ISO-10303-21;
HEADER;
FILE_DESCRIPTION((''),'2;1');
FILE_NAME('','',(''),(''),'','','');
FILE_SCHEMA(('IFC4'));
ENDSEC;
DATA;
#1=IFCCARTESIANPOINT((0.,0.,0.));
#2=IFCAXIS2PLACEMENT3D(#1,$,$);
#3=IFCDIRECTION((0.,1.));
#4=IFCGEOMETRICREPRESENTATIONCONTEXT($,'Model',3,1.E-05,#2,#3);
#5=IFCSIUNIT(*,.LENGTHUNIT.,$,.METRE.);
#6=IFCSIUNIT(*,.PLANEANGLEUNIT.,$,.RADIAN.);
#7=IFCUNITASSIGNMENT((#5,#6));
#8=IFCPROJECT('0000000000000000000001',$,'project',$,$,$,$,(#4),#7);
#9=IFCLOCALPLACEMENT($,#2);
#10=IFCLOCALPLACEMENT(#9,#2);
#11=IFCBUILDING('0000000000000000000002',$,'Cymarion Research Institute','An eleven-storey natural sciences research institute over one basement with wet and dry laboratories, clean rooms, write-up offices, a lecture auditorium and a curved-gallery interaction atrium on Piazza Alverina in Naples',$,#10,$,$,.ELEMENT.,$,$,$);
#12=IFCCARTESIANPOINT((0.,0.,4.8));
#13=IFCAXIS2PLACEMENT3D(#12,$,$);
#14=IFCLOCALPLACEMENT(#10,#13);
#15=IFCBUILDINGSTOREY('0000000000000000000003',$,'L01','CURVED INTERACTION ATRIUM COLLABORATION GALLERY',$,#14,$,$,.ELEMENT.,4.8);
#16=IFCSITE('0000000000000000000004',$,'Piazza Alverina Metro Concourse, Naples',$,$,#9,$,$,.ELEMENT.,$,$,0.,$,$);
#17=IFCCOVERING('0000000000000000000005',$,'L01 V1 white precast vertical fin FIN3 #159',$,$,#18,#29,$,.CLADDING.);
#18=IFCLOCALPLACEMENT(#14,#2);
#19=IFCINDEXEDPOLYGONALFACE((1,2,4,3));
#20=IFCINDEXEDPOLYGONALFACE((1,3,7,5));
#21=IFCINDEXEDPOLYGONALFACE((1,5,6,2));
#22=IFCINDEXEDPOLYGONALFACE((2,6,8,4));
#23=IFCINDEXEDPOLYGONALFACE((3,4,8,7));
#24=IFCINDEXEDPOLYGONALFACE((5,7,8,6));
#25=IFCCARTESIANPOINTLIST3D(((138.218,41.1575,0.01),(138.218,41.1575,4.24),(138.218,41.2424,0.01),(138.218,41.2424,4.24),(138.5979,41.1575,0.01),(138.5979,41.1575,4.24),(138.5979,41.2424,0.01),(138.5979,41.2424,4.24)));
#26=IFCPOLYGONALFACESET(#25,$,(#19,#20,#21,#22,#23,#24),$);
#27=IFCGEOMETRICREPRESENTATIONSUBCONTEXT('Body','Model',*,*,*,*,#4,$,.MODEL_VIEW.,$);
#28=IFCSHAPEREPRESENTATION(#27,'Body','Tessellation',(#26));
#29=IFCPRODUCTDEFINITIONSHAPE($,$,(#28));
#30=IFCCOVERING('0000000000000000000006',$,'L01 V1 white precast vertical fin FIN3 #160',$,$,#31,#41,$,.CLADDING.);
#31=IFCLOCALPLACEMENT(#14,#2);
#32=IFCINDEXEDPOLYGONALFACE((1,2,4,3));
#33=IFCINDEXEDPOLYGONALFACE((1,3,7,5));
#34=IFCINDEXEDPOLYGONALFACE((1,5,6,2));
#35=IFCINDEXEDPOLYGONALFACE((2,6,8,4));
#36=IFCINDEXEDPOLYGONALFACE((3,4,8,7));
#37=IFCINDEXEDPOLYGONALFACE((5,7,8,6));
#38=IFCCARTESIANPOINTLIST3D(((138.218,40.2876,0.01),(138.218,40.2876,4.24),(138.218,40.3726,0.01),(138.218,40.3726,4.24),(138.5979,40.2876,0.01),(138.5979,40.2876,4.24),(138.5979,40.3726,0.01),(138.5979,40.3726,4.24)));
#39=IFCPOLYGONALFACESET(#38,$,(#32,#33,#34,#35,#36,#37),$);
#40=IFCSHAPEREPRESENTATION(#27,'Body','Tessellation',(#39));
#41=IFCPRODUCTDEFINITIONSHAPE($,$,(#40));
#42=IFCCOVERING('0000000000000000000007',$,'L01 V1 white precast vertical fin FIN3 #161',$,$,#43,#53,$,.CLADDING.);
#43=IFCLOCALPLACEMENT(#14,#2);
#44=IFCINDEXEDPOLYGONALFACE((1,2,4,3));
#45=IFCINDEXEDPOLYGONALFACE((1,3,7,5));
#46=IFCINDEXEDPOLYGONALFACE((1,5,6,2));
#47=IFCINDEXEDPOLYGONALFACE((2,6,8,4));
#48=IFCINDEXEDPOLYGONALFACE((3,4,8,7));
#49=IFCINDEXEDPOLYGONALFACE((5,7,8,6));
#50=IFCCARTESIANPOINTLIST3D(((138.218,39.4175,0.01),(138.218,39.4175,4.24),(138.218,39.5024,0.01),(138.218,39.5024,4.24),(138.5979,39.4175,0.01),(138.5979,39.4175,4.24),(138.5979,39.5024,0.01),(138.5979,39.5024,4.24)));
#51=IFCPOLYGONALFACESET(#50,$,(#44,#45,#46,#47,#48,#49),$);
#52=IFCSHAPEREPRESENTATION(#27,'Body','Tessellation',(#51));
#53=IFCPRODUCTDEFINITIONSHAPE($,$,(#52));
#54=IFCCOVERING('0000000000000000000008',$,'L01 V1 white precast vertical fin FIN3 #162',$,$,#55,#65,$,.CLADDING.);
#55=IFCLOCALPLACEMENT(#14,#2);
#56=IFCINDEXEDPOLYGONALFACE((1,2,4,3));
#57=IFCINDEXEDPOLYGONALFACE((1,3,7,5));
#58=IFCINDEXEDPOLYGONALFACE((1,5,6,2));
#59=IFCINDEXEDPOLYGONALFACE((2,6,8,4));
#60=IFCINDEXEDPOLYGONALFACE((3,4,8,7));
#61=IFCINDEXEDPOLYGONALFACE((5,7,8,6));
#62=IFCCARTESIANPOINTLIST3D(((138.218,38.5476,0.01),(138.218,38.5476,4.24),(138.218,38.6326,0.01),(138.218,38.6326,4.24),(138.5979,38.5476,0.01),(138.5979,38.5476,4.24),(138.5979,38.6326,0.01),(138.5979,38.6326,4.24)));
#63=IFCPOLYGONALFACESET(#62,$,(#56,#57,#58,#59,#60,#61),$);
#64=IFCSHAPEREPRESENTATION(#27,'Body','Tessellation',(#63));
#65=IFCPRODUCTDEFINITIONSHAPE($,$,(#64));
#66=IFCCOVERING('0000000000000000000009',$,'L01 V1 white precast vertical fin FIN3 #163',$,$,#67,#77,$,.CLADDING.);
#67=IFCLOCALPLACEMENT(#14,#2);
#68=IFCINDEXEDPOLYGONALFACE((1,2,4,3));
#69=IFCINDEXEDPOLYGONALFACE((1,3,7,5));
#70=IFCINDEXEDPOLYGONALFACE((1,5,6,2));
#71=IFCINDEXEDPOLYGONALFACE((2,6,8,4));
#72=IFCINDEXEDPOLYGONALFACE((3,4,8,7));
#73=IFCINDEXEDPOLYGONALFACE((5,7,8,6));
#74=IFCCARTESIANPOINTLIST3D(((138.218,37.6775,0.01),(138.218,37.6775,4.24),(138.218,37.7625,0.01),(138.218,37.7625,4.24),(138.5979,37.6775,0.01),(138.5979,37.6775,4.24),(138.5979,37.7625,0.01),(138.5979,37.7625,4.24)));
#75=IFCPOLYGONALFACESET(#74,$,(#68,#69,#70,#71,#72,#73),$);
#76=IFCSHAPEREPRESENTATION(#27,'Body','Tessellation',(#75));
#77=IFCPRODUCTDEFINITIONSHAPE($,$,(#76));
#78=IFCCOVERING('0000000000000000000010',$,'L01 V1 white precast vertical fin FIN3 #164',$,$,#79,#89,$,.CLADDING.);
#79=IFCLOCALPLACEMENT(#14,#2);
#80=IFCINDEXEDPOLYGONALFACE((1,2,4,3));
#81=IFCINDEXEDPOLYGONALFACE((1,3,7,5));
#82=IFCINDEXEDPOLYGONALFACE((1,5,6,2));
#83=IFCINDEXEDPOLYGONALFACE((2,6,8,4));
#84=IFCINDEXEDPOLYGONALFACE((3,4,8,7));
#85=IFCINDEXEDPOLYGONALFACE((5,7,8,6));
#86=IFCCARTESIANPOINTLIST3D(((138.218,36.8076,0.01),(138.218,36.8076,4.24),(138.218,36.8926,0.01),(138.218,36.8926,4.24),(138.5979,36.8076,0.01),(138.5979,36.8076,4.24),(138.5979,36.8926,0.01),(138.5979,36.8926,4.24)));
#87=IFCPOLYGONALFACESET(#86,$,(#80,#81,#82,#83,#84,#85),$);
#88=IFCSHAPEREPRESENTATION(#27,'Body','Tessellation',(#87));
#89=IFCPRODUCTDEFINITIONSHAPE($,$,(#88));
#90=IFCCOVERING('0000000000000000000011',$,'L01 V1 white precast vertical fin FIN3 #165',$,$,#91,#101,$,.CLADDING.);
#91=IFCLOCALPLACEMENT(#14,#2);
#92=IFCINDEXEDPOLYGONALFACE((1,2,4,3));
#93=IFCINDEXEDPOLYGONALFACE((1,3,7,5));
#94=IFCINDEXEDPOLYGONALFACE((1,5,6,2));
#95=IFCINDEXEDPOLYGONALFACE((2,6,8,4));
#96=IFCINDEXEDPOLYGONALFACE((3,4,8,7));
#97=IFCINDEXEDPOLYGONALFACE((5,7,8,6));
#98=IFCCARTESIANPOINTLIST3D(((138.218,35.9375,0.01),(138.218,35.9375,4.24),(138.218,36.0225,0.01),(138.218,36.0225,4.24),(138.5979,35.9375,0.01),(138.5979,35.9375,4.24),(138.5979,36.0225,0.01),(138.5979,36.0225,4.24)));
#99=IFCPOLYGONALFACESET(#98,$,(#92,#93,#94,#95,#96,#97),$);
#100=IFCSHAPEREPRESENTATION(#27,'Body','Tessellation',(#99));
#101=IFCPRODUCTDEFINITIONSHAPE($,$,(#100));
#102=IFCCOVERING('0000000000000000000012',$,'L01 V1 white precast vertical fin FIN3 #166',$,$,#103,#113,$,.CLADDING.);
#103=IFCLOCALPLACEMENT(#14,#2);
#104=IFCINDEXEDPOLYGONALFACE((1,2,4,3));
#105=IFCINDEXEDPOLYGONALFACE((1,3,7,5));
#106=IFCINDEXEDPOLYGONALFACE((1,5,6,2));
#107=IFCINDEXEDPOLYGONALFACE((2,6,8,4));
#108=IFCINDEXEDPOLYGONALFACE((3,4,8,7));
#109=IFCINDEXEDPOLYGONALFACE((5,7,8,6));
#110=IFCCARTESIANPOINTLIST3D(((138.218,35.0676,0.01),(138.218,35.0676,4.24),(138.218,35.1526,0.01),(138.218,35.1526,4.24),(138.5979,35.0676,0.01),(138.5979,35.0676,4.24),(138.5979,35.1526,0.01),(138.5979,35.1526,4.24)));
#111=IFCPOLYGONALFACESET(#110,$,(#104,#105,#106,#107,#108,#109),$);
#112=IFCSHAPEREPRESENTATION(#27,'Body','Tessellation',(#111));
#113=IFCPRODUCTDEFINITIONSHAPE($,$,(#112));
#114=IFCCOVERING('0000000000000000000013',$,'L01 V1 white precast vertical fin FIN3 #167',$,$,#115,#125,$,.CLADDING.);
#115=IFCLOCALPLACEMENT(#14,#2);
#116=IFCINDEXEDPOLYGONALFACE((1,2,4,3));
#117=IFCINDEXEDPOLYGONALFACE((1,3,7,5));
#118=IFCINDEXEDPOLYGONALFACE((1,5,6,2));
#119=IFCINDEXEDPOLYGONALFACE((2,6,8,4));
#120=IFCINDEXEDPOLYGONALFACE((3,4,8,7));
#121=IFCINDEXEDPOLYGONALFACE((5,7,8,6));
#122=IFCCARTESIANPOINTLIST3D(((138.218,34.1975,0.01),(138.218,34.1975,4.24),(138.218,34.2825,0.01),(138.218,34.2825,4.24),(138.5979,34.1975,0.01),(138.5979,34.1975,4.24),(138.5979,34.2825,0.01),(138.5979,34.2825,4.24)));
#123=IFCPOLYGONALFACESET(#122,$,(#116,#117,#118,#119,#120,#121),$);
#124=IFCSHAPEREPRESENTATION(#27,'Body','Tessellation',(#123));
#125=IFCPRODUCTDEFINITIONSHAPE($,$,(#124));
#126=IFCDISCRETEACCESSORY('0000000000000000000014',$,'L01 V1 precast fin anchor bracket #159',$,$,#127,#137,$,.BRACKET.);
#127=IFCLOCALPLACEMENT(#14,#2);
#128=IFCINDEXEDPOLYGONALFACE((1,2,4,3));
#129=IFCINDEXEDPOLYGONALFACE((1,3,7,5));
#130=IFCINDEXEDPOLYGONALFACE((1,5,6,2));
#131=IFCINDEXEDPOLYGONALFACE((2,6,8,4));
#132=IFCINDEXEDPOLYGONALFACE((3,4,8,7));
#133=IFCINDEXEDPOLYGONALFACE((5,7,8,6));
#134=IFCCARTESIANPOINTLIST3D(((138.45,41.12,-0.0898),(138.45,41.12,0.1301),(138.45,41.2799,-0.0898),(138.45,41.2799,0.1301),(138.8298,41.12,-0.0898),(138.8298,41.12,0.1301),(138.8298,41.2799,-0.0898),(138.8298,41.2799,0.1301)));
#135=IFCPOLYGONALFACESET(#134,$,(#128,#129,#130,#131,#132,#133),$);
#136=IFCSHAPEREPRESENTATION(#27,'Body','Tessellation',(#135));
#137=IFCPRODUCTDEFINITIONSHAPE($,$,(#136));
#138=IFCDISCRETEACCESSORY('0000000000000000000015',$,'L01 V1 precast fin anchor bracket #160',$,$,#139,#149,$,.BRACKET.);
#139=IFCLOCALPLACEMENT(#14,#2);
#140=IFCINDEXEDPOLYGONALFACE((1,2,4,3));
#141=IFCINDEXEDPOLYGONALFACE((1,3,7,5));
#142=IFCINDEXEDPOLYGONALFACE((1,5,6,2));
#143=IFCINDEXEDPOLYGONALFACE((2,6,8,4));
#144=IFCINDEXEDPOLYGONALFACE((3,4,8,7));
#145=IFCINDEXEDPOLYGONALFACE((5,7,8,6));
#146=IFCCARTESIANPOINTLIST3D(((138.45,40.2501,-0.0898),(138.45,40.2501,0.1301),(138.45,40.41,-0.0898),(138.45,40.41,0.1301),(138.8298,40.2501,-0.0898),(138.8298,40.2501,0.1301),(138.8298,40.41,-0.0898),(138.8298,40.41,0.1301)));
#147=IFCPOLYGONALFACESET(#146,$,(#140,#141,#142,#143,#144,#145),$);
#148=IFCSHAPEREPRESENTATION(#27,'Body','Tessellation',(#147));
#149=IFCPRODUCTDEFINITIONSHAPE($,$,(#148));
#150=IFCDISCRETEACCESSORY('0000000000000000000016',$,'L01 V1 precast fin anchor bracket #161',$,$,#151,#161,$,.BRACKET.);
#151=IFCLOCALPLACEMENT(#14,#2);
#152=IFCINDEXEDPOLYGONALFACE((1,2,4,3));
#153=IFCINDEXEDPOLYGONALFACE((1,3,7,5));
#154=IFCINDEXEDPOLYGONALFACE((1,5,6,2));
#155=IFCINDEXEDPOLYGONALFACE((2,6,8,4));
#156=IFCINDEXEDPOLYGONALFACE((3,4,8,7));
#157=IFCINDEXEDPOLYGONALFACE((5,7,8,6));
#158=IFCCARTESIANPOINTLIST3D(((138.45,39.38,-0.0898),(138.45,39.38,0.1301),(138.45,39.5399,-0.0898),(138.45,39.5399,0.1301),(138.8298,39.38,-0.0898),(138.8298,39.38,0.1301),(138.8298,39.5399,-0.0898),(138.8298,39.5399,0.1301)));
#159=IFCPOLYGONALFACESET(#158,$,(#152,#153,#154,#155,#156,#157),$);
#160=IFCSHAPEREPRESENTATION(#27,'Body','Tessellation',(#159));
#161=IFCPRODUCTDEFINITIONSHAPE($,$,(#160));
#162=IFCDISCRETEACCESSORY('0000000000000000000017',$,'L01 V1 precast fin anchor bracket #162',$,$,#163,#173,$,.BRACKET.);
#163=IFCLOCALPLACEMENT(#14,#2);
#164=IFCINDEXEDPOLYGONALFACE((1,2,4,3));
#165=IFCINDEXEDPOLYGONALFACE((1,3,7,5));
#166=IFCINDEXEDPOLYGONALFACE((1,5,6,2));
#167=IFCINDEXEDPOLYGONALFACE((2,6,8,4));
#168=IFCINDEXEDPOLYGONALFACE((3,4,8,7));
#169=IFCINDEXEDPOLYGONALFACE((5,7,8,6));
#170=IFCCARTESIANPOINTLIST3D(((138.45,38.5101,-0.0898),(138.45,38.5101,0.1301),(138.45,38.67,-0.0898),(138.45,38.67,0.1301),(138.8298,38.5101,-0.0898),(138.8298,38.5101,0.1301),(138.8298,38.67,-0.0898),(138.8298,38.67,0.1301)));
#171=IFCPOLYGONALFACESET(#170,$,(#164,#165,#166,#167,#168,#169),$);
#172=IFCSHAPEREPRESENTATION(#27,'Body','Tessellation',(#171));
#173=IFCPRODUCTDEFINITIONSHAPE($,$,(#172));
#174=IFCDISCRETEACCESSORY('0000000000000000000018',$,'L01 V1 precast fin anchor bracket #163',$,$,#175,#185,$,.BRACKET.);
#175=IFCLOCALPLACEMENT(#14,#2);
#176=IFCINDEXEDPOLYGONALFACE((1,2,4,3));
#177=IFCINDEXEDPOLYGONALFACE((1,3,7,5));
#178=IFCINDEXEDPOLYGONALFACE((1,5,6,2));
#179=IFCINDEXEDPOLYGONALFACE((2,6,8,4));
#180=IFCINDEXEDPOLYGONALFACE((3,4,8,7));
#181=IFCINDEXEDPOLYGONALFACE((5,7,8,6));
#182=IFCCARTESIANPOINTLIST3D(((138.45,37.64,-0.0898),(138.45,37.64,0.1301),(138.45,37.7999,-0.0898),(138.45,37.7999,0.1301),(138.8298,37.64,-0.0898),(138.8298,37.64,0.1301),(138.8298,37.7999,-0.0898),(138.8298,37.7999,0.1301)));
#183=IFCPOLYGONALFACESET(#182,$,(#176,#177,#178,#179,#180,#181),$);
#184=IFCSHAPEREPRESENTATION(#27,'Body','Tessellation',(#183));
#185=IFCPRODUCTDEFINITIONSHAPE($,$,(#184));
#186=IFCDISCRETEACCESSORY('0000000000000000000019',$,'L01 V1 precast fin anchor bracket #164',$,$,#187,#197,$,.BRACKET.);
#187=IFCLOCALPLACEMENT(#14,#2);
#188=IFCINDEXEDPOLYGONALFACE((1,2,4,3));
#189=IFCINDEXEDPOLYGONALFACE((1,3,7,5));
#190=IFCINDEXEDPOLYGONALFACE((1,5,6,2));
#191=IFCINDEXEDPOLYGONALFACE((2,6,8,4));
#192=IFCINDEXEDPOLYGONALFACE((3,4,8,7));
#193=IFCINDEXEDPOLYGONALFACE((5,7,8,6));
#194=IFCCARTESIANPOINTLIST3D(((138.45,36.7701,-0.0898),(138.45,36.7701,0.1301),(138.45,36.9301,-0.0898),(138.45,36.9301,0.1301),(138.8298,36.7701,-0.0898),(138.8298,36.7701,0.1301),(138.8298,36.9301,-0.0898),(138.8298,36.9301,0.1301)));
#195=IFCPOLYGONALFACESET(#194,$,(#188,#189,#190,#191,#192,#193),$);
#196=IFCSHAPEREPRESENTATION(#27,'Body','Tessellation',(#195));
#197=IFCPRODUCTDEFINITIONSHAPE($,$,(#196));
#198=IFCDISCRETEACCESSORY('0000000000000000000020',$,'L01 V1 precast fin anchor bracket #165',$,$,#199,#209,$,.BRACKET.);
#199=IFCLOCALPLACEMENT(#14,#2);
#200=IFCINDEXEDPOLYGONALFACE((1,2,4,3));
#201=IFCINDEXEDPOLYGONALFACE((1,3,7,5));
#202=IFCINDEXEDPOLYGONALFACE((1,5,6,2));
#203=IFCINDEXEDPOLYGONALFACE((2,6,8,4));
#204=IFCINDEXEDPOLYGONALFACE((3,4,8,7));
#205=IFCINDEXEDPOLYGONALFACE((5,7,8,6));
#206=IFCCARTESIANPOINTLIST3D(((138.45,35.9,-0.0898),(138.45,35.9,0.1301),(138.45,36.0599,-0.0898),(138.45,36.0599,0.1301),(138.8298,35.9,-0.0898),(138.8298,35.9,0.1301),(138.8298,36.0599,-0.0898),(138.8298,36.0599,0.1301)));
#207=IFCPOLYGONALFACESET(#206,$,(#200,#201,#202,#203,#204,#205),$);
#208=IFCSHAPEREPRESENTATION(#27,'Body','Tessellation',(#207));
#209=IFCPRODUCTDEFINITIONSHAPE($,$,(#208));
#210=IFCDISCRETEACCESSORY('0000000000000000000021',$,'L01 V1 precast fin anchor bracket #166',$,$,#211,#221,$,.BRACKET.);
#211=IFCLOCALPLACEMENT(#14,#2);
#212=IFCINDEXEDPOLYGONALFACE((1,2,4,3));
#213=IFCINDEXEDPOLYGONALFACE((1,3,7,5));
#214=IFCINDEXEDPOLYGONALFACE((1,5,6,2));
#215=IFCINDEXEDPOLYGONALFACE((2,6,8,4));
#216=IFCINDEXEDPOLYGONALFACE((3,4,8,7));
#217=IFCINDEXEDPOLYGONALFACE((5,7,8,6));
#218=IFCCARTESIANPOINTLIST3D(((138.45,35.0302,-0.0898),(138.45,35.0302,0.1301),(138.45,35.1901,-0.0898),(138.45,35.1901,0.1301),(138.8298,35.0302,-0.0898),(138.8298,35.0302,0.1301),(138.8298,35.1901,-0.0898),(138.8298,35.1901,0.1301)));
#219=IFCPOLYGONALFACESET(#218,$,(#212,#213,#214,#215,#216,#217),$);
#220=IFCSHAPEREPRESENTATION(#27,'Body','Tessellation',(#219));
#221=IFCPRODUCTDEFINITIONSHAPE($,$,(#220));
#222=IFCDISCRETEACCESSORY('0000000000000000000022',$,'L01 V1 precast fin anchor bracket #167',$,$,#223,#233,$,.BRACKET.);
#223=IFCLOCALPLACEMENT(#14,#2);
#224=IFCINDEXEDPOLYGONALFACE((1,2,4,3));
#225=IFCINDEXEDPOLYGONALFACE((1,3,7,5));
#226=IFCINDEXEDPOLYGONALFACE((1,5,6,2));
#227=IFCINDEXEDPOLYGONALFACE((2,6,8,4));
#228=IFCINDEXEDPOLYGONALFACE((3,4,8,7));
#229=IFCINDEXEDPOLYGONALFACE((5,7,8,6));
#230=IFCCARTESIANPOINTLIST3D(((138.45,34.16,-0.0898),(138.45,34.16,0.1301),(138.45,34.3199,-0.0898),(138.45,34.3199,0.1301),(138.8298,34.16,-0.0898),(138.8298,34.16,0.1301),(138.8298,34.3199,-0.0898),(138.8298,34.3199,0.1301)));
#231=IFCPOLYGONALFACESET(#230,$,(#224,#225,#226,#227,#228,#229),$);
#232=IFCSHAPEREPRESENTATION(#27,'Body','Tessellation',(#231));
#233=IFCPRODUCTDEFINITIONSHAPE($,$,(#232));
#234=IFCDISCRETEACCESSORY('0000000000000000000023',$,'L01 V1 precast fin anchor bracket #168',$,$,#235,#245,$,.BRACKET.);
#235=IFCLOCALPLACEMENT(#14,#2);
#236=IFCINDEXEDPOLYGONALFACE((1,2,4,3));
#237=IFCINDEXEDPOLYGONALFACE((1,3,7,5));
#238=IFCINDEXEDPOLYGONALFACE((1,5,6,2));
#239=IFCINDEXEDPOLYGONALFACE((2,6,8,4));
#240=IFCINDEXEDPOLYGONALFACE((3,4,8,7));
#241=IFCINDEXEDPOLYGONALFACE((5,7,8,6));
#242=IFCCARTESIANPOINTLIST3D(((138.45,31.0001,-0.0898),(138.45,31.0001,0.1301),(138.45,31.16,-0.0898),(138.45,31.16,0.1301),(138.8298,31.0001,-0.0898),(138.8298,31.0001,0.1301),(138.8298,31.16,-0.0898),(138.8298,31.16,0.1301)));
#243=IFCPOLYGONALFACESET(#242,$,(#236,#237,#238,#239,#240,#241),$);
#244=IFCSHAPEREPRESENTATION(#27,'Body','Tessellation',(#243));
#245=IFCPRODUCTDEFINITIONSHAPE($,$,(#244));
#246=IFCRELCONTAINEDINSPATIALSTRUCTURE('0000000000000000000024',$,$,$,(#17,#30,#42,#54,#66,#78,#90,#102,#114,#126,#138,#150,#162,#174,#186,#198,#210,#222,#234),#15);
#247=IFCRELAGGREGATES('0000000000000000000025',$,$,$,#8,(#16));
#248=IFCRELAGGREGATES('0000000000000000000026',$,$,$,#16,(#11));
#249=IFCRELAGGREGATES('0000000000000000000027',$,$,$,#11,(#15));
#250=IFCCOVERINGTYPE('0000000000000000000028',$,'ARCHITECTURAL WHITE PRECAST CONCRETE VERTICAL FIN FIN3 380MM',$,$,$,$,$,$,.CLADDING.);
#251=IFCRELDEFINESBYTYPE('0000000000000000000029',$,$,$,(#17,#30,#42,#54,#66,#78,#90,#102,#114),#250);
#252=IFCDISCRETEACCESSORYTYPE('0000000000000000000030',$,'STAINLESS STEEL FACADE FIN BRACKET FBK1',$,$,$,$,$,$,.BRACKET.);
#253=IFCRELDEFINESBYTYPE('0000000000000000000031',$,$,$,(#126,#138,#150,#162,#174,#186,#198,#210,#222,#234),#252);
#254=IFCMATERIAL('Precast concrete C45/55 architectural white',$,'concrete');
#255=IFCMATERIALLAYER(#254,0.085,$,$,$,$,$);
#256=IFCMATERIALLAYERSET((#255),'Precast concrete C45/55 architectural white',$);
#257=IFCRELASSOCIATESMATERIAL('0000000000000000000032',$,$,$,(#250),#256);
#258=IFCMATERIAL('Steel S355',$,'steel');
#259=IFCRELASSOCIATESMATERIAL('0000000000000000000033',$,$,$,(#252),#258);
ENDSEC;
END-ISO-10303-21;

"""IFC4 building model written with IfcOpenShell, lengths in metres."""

from ifc_helpers import new_model, si_unit, direction, frame, origin, origin_2d, place, context, subcontext, project, spatial, rectangle, extrude, material, layer, layer_set, type_object, element, save


model = new_model("IFC4")

# Units and contexts
model_context = context("Model", 3, precision=1e-05, world=origin(), true_north=direction((0.0, 1.0)))
body_context = subcontext(model_context, "Body", "Model", "MODEL_VIEW")
ifc_project = project(units=[si_unit("LENGTHUNIT", "METRE"), si_unit("PLANEANGLEUNIT", "RADIAN")], contexts=[model_context])

# Site, building, storey
site_placement = place(None, origin())
site = spatial("IfcSite", under=ifc_project, at=site_placement, Name="Piazza Alverina Metro Concourse, Naples", CompositionType="ELEMENT", RefElevation=0.0)
building_placement = place(site_placement, origin())
building = spatial("IfcBuilding", under=site, at=building_placement, Name="Cymarion Research Institute", Description="An eleven-storey natural sciences research institute over one basement with wet and dry laboratories, clean rooms, write-up offices, a lecture auditorium and a curved-gallery interaction atrium on Piazza Alverina in Naples", CompositionType="ELEMENT")
storey_placement = place(building_placement, frame((0.0, 0.0, 4.8)))
storey = spatial("IfcBuildingStorey", under=building, at=storey_placement, Name="L01", Description="CURVED INTERACTION ATRIUM COLLABORATION GALLERY", CompositionType="ELEMENT", Elevation=4.8)

# Shared definitions
ifc_material_1 = material(Name="Steel S355", Category="steel")

# Coverings
ifc_material_2 = material(Name="Precast concrete C45/55 architectural white", Category="concrete")
ifc_layer_1 = layer(ifc_material_2, 0.085)
ifc_layer_set_1 = layer_set([ifc_layer_1], Name="Precast concrete C45/55 architectural white")
covering_type = type_object("IfcCoveringType", Name="ARCHITECTURAL WHITE PRECAST CONCRETE VERTICAL FIN FIN3 380MM", PredefinedType="CLADDING", material=ifc_layer_set_1)
for number, where, z_axis, x_axis, name in (
    (1, (138.408, 41.2, 0.01), (0.0, 0.0, 1.0), (-1.0, 0.0, 0.0), "L01 V1 white precast vertical fin FIN3 #159"),
    (2, (138.408, 40.3301, 0.01), (0.0, 0.0, 1.0), (-1.0, 0.0, 0.0), "L01 V1 white precast vertical fin FIN3 #160"),
    (3, (138.408, 39.46, 0.01), (0.0, 0.0, 1.0), (-1.0, 0.0, 0.0), "L01 V1 white precast vertical fin FIN3 #161"),
    (4, (138.408, 38.5901, 0.01), (0.0, 0.0, 1.0), (-1.0, 0.0, 0.0), "L01 V1 white precast vertical fin FIN3 #162"),
    (5, (138.408, 37.72, 0.01), (0.0, 0.0, 1.0), (-1.0, 0.0, 0.0), "L01 V1 white precast vertical fin FIN3 #163"),
    (6, (138.408, 36.8501, 0.01), (0.0, 0.0, 1.0), (-1.0, 0.0, 0.0), "L01 V1 white precast vertical fin FIN3 #164"),
    (7, (138.408, 35.98, 0.01), (0.0, 0.0, 1.0), (-1.0, 0.0, 0.0), "L01 V1 white precast vertical fin FIN3 #165"),
    (8, (138.408, 35.1101, 0.01), (0.0, 0.0, 1.0), (-1.0, 0.0, 0.0), "L01 V1 white precast vertical fin FIN3 #166"),
    (9, (138.408, 34.24, 0.01), (0.0, 0.0, 1.0), (-1.0, 0.0, 0.0), "L01 V1 white precast vertical fin FIN3 #167"),
):
    element("IfcCovering", number, at=place(storey_placement, frame(where, z_axis=z_axis, x_axis=x_axis)), inside=storey, type_object=covering_type, Name=name, PredefinedType="CLADDING", context=body_context, shape_type="SweptSolid", body=[
        extrude(rectangle(XDim=0.3799, YDim=0.085, at=origin_2d()), origin(), (0.0, 0.0, 1.0), 4.23),
    ])

# Discrete accessories
discrete_accessory_type = type_object("IfcDiscreteAccessoryType", Name="STAINLESS STEEL FACADE FIN BRACKET FBK1", PredefinedType="BRACKET", material=ifc_material_1)
for number, where, z_axis, x_axis, name in (
    (10, (138.6399, 41.2, -0.0898), (0.0, 0.0, 1.0), (-1.0, 0.0, 0.0), "L01 V1 precast fin anchor bracket #159"),
    (11, (138.6399, 40.3301, -0.0898), (0.0, 0.0, 1.0), (-1.0, 0.0, 0.0), "L01 V1 precast fin anchor bracket #160"),
    (12, (138.6399, 39.46, -0.0898), (0.0, 0.0, 1.0), (-1.0, 0.0, 0.0), "L01 V1 precast fin anchor bracket #161"),
    (13, (138.6399, 38.5901, -0.0898), (0.0, 0.0, 1.0), (-1.0, 0.0, 0.0), "L01 V1 precast fin anchor bracket #162"),
    (14, (138.6399, 37.72, -0.0898), (0.0, 0.0, 1.0), (-1.0, 0.0, 0.0), "L01 V1 precast fin anchor bracket #163"),
    (15, (138.6399, 36.8501, -0.0898), (0.0, 0.0, 1.0), (-1.0, 0.0, 0.0), "L01 V1 precast fin anchor bracket #164"),
    (16, (138.6399, 35.98, -0.0898), (0.0, 0.0, 1.0), (-1.0, 0.0, 0.0), "L01 V1 precast fin anchor bracket #165"),
    (17, (138.6399, 35.1101, -0.0898), (0.0, 0.0, 1.0), (-1.0, 0.0, 0.0), "L01 V1 precast fin anchor bracket #166"),
    (18, (138.6399, 34.24, -0.0898), (0.0, 0.0, 1.0), (-1.0, 0.0, 0.0), "L01 V1 precast fin anchor bracket #167"),
    (19, (138.6399, 31.0801, -0.0898), (0.0, 0.0, 1.0), (-1.0, 0.0, 0.0), "L01 V1 precast fin anchor bracket #168"),
):
    element("IfcDiscreteAccessory", number, at=place(storey_placement, frame(where, z_axis=z_axis, x_axis=x_axis)), inside=storey, type_object=discrete_accessory_type, Name=name, PredefinedType="BRACKET", context=body_context, shape_type="SweptSolid", body=[
        extrude(rectangle(XDim=0.3799, YDim=0.1599, at=origin_2d()), origin(), (0.0, 0.0, 1.0), 0.22),
    ])

save(model, "model.ifc")
